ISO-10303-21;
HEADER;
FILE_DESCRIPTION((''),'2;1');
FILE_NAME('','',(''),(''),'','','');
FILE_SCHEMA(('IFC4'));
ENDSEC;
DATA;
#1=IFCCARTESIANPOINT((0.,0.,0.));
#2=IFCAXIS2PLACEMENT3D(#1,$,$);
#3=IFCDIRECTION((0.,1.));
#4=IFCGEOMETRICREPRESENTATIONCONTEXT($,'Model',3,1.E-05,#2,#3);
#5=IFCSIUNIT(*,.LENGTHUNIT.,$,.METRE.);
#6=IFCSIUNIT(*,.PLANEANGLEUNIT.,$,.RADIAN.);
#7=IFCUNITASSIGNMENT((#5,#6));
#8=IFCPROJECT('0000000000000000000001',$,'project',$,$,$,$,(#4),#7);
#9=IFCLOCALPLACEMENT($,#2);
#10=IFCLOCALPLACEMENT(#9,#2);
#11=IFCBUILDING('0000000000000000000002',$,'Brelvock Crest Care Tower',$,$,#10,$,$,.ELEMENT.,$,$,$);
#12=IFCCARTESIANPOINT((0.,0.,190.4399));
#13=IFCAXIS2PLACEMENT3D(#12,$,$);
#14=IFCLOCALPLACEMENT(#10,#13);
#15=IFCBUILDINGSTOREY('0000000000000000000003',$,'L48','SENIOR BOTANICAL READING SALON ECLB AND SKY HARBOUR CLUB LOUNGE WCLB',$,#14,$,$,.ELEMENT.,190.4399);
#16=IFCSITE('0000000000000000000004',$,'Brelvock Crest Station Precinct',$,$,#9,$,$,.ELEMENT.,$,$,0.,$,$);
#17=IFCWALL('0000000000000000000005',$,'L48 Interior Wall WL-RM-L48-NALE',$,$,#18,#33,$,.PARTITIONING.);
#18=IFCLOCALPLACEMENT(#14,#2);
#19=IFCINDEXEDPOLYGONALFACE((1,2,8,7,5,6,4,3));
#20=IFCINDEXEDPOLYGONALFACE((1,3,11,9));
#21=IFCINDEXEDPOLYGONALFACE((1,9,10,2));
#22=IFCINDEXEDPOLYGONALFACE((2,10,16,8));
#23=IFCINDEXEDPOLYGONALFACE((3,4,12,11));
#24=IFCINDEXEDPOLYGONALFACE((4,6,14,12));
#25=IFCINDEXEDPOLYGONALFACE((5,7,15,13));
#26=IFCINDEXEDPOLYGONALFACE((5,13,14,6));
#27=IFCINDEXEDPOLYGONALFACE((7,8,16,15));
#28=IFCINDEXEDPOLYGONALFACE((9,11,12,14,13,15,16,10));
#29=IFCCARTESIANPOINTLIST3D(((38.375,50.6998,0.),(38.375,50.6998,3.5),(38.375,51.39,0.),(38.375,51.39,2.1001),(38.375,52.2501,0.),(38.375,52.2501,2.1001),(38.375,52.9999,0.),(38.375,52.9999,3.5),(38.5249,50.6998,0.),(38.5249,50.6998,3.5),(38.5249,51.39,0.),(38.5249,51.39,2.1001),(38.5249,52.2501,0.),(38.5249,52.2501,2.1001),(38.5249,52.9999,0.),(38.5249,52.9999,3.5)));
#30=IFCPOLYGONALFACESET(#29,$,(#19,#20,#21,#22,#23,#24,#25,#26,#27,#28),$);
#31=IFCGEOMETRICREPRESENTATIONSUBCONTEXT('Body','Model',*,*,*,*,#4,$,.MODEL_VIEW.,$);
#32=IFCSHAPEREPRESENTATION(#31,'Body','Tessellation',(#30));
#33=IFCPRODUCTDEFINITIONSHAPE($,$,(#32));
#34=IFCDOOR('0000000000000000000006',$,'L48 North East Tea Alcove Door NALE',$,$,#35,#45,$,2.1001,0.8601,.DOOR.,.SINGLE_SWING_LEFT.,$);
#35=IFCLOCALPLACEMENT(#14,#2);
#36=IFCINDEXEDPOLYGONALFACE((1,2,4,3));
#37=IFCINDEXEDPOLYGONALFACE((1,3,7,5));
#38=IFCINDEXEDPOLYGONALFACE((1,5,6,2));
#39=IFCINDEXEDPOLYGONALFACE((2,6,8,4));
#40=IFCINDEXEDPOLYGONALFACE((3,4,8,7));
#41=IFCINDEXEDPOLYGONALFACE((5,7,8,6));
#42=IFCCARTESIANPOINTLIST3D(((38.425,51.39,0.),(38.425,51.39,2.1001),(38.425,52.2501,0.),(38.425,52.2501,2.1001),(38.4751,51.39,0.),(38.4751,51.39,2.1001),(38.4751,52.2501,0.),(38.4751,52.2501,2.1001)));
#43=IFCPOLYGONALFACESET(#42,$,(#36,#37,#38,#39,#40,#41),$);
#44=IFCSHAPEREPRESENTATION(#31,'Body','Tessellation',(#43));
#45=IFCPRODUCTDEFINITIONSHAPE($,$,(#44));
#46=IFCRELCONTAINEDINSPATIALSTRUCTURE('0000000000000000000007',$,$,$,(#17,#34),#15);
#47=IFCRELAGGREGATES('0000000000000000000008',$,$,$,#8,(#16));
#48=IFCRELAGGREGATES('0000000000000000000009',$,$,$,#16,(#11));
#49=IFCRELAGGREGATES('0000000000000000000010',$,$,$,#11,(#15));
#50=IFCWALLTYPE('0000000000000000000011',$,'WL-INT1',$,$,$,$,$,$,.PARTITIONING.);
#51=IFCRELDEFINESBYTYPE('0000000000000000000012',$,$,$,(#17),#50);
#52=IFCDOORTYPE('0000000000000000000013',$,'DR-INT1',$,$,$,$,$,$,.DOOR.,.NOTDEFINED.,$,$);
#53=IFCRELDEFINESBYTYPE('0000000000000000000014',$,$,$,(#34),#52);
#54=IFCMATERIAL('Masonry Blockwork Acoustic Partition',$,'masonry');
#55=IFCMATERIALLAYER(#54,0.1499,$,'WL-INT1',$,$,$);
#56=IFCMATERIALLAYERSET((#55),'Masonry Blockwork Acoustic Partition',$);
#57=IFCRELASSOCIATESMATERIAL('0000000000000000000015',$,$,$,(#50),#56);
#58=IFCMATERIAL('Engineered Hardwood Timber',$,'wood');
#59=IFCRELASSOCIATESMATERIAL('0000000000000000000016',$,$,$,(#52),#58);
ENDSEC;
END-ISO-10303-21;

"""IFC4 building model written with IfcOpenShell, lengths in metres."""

from ifc_helpers import new_model, si_unit, direction, frame, frame_2d, origin, origin_2d, place, context, subcontext, project, spatial, rectangle, extrude, source, transform, mapped, material, layer, layer_set, type_object, element, fill, save


model = new_model("IFC4")

# Units and contexts
model_context = context("Model", 3, precision=1e-05, world=origin(), true_north=direction((0.0, 1.0)))
body_context = subcontext(model_context, "Body", "Model", "MODEL_VIEW")
ifc_project = project(units=[si_unit("LENGTHUNIT", "METRE"), si_unit("PLANEANGLEUNIT", "RADIAN")], contexts=[model_context])

# Site, building, storey
site_placement = place(None, origin())
site = spatial("IfcSite", under=ifc_project, at=site_placement, Name="Brelvock Crest Station Precinct", CompositionType="ELEMENT", RefElevation=0.0)
building_placement = place(site_placement, origin())
building = spatial("IfcBuilding", under=site, at=building_placement, Name="Brelvock Crest Care Tower", CompositionType="ELEMENT")
storey_placement = place(building_placement, frame((0.0, 0.0, 190.4399)))
storey = spatial("IfcBuildingStorey", under=building, at=storey_placement, Name="L48", Description="SENIOR BOTANICAL READING SALON ECLB AND SKY HARBOUR CLUB LOUNGE WCLB", CompositionType="ELEMENT", Elevation=190.4399)

# Shared definitions
ifc_material_1 = material(Name="Masonry Blockwork Acoustic Partition", Category="masonry")
ifc_layer = layer(ifc_material_1, 0.1499, Name="WL-INT1")
ifc_layer_set = layer_set([ifc_layer], Name="Masonry Blockwork Acoustic Partition")
wall_type = type_object("IfcWallType", Name="WL-INT1", PredefinedType="PARTITIONING", material=ifc_layer_set)

# Shared definitions
ifc_material_2 = material(Name="Engineered Hardwood Timber", Category="wood")
door_type = type_object("IfcDoorType", Name="DR-INT1", OperationType="NOTDEFINED", PredefinedType="DOOR", material=ifc_material_2)
shared_shape_1 = source(origin(), body_context, "Body", "SweptSolid", [
    extrude(rectangle(XDim=0.8601, YDim=2.1001, at=origin_2d()), frame((0.4302, 0.0249, 1.05), z_axis=(0.0, -1.0, 0.0), x_axis=(1.0, 0.0, 0.0)), (0.0, 0.0, 1.0), 0.05),
])

# Wall, opening, door
wall_1_placement = place(storey_placement, frame((38.45, 50.7, 0.0), z_axis=(0.0, 0.0, 1.0), x_axis=(0.0, 1.0, 0.0)))
wall_1 = element("IfcWall", 1, at=wall_1_placement, inside=storey, type_object=wall_type, Name="L48 Interior Wall WL-RM-L48-NALE", PredefinedType="PARTITIONING", context=body_context, shape_type="SweptSolid", body=[
    extrude(rectangle(XDim=2.3, YDim=0.1499, at=frame_2d((1.1499, 0.0))), origin(), (0.0, 0.0, 1.0), 3.5),
])
opening_1_placement = place(wall_1_placement, frame((0.6899, 0.0, 0.0)))
opening_1 = element("IfcOpeningElement", 2, at=opening_1_placement, cuts=wall_1, PredefinedType="OPENING", context=body_context, shape_type="SweptSolid", body=[
    extrude(rectangle(XDim=0.8601, YDim=2.1001, at=origin_2d()), frame((0.4302, 0.085, 1.05), z_axis=(0.0, -1.0, 0.0), x_axis=(1.0, 0.0, 0.0)), (0.0, 0.0, 1.0), 0.1699),
])
door_1_placement = place(opening_1_placement, origin())
door_1 = element("IfcDoor", 3, at=door_1_placement, inside=storey, type_object=door_type, Name="L48 North East Tea Alcove Door NALE", OperationType="SINGLE_SWING_LEFT", OverallHeight=2.1001, OverallWidth=0.8601, PredefinedType="DOOR", context=body_context, shape_type="MappedRepresentation", body=[
    mapped(shared_shape_1, transform((0.0, 0.0, 0.0), x_axis=(1.0, 0.0, 0.0), y_axis=(0.0, 1.0, 0.0), z_axis=(0.0, 0.0, 1.0), scale=1.0)),
])
fill(opening_1, door_1)

save(model, "model.ifc")
